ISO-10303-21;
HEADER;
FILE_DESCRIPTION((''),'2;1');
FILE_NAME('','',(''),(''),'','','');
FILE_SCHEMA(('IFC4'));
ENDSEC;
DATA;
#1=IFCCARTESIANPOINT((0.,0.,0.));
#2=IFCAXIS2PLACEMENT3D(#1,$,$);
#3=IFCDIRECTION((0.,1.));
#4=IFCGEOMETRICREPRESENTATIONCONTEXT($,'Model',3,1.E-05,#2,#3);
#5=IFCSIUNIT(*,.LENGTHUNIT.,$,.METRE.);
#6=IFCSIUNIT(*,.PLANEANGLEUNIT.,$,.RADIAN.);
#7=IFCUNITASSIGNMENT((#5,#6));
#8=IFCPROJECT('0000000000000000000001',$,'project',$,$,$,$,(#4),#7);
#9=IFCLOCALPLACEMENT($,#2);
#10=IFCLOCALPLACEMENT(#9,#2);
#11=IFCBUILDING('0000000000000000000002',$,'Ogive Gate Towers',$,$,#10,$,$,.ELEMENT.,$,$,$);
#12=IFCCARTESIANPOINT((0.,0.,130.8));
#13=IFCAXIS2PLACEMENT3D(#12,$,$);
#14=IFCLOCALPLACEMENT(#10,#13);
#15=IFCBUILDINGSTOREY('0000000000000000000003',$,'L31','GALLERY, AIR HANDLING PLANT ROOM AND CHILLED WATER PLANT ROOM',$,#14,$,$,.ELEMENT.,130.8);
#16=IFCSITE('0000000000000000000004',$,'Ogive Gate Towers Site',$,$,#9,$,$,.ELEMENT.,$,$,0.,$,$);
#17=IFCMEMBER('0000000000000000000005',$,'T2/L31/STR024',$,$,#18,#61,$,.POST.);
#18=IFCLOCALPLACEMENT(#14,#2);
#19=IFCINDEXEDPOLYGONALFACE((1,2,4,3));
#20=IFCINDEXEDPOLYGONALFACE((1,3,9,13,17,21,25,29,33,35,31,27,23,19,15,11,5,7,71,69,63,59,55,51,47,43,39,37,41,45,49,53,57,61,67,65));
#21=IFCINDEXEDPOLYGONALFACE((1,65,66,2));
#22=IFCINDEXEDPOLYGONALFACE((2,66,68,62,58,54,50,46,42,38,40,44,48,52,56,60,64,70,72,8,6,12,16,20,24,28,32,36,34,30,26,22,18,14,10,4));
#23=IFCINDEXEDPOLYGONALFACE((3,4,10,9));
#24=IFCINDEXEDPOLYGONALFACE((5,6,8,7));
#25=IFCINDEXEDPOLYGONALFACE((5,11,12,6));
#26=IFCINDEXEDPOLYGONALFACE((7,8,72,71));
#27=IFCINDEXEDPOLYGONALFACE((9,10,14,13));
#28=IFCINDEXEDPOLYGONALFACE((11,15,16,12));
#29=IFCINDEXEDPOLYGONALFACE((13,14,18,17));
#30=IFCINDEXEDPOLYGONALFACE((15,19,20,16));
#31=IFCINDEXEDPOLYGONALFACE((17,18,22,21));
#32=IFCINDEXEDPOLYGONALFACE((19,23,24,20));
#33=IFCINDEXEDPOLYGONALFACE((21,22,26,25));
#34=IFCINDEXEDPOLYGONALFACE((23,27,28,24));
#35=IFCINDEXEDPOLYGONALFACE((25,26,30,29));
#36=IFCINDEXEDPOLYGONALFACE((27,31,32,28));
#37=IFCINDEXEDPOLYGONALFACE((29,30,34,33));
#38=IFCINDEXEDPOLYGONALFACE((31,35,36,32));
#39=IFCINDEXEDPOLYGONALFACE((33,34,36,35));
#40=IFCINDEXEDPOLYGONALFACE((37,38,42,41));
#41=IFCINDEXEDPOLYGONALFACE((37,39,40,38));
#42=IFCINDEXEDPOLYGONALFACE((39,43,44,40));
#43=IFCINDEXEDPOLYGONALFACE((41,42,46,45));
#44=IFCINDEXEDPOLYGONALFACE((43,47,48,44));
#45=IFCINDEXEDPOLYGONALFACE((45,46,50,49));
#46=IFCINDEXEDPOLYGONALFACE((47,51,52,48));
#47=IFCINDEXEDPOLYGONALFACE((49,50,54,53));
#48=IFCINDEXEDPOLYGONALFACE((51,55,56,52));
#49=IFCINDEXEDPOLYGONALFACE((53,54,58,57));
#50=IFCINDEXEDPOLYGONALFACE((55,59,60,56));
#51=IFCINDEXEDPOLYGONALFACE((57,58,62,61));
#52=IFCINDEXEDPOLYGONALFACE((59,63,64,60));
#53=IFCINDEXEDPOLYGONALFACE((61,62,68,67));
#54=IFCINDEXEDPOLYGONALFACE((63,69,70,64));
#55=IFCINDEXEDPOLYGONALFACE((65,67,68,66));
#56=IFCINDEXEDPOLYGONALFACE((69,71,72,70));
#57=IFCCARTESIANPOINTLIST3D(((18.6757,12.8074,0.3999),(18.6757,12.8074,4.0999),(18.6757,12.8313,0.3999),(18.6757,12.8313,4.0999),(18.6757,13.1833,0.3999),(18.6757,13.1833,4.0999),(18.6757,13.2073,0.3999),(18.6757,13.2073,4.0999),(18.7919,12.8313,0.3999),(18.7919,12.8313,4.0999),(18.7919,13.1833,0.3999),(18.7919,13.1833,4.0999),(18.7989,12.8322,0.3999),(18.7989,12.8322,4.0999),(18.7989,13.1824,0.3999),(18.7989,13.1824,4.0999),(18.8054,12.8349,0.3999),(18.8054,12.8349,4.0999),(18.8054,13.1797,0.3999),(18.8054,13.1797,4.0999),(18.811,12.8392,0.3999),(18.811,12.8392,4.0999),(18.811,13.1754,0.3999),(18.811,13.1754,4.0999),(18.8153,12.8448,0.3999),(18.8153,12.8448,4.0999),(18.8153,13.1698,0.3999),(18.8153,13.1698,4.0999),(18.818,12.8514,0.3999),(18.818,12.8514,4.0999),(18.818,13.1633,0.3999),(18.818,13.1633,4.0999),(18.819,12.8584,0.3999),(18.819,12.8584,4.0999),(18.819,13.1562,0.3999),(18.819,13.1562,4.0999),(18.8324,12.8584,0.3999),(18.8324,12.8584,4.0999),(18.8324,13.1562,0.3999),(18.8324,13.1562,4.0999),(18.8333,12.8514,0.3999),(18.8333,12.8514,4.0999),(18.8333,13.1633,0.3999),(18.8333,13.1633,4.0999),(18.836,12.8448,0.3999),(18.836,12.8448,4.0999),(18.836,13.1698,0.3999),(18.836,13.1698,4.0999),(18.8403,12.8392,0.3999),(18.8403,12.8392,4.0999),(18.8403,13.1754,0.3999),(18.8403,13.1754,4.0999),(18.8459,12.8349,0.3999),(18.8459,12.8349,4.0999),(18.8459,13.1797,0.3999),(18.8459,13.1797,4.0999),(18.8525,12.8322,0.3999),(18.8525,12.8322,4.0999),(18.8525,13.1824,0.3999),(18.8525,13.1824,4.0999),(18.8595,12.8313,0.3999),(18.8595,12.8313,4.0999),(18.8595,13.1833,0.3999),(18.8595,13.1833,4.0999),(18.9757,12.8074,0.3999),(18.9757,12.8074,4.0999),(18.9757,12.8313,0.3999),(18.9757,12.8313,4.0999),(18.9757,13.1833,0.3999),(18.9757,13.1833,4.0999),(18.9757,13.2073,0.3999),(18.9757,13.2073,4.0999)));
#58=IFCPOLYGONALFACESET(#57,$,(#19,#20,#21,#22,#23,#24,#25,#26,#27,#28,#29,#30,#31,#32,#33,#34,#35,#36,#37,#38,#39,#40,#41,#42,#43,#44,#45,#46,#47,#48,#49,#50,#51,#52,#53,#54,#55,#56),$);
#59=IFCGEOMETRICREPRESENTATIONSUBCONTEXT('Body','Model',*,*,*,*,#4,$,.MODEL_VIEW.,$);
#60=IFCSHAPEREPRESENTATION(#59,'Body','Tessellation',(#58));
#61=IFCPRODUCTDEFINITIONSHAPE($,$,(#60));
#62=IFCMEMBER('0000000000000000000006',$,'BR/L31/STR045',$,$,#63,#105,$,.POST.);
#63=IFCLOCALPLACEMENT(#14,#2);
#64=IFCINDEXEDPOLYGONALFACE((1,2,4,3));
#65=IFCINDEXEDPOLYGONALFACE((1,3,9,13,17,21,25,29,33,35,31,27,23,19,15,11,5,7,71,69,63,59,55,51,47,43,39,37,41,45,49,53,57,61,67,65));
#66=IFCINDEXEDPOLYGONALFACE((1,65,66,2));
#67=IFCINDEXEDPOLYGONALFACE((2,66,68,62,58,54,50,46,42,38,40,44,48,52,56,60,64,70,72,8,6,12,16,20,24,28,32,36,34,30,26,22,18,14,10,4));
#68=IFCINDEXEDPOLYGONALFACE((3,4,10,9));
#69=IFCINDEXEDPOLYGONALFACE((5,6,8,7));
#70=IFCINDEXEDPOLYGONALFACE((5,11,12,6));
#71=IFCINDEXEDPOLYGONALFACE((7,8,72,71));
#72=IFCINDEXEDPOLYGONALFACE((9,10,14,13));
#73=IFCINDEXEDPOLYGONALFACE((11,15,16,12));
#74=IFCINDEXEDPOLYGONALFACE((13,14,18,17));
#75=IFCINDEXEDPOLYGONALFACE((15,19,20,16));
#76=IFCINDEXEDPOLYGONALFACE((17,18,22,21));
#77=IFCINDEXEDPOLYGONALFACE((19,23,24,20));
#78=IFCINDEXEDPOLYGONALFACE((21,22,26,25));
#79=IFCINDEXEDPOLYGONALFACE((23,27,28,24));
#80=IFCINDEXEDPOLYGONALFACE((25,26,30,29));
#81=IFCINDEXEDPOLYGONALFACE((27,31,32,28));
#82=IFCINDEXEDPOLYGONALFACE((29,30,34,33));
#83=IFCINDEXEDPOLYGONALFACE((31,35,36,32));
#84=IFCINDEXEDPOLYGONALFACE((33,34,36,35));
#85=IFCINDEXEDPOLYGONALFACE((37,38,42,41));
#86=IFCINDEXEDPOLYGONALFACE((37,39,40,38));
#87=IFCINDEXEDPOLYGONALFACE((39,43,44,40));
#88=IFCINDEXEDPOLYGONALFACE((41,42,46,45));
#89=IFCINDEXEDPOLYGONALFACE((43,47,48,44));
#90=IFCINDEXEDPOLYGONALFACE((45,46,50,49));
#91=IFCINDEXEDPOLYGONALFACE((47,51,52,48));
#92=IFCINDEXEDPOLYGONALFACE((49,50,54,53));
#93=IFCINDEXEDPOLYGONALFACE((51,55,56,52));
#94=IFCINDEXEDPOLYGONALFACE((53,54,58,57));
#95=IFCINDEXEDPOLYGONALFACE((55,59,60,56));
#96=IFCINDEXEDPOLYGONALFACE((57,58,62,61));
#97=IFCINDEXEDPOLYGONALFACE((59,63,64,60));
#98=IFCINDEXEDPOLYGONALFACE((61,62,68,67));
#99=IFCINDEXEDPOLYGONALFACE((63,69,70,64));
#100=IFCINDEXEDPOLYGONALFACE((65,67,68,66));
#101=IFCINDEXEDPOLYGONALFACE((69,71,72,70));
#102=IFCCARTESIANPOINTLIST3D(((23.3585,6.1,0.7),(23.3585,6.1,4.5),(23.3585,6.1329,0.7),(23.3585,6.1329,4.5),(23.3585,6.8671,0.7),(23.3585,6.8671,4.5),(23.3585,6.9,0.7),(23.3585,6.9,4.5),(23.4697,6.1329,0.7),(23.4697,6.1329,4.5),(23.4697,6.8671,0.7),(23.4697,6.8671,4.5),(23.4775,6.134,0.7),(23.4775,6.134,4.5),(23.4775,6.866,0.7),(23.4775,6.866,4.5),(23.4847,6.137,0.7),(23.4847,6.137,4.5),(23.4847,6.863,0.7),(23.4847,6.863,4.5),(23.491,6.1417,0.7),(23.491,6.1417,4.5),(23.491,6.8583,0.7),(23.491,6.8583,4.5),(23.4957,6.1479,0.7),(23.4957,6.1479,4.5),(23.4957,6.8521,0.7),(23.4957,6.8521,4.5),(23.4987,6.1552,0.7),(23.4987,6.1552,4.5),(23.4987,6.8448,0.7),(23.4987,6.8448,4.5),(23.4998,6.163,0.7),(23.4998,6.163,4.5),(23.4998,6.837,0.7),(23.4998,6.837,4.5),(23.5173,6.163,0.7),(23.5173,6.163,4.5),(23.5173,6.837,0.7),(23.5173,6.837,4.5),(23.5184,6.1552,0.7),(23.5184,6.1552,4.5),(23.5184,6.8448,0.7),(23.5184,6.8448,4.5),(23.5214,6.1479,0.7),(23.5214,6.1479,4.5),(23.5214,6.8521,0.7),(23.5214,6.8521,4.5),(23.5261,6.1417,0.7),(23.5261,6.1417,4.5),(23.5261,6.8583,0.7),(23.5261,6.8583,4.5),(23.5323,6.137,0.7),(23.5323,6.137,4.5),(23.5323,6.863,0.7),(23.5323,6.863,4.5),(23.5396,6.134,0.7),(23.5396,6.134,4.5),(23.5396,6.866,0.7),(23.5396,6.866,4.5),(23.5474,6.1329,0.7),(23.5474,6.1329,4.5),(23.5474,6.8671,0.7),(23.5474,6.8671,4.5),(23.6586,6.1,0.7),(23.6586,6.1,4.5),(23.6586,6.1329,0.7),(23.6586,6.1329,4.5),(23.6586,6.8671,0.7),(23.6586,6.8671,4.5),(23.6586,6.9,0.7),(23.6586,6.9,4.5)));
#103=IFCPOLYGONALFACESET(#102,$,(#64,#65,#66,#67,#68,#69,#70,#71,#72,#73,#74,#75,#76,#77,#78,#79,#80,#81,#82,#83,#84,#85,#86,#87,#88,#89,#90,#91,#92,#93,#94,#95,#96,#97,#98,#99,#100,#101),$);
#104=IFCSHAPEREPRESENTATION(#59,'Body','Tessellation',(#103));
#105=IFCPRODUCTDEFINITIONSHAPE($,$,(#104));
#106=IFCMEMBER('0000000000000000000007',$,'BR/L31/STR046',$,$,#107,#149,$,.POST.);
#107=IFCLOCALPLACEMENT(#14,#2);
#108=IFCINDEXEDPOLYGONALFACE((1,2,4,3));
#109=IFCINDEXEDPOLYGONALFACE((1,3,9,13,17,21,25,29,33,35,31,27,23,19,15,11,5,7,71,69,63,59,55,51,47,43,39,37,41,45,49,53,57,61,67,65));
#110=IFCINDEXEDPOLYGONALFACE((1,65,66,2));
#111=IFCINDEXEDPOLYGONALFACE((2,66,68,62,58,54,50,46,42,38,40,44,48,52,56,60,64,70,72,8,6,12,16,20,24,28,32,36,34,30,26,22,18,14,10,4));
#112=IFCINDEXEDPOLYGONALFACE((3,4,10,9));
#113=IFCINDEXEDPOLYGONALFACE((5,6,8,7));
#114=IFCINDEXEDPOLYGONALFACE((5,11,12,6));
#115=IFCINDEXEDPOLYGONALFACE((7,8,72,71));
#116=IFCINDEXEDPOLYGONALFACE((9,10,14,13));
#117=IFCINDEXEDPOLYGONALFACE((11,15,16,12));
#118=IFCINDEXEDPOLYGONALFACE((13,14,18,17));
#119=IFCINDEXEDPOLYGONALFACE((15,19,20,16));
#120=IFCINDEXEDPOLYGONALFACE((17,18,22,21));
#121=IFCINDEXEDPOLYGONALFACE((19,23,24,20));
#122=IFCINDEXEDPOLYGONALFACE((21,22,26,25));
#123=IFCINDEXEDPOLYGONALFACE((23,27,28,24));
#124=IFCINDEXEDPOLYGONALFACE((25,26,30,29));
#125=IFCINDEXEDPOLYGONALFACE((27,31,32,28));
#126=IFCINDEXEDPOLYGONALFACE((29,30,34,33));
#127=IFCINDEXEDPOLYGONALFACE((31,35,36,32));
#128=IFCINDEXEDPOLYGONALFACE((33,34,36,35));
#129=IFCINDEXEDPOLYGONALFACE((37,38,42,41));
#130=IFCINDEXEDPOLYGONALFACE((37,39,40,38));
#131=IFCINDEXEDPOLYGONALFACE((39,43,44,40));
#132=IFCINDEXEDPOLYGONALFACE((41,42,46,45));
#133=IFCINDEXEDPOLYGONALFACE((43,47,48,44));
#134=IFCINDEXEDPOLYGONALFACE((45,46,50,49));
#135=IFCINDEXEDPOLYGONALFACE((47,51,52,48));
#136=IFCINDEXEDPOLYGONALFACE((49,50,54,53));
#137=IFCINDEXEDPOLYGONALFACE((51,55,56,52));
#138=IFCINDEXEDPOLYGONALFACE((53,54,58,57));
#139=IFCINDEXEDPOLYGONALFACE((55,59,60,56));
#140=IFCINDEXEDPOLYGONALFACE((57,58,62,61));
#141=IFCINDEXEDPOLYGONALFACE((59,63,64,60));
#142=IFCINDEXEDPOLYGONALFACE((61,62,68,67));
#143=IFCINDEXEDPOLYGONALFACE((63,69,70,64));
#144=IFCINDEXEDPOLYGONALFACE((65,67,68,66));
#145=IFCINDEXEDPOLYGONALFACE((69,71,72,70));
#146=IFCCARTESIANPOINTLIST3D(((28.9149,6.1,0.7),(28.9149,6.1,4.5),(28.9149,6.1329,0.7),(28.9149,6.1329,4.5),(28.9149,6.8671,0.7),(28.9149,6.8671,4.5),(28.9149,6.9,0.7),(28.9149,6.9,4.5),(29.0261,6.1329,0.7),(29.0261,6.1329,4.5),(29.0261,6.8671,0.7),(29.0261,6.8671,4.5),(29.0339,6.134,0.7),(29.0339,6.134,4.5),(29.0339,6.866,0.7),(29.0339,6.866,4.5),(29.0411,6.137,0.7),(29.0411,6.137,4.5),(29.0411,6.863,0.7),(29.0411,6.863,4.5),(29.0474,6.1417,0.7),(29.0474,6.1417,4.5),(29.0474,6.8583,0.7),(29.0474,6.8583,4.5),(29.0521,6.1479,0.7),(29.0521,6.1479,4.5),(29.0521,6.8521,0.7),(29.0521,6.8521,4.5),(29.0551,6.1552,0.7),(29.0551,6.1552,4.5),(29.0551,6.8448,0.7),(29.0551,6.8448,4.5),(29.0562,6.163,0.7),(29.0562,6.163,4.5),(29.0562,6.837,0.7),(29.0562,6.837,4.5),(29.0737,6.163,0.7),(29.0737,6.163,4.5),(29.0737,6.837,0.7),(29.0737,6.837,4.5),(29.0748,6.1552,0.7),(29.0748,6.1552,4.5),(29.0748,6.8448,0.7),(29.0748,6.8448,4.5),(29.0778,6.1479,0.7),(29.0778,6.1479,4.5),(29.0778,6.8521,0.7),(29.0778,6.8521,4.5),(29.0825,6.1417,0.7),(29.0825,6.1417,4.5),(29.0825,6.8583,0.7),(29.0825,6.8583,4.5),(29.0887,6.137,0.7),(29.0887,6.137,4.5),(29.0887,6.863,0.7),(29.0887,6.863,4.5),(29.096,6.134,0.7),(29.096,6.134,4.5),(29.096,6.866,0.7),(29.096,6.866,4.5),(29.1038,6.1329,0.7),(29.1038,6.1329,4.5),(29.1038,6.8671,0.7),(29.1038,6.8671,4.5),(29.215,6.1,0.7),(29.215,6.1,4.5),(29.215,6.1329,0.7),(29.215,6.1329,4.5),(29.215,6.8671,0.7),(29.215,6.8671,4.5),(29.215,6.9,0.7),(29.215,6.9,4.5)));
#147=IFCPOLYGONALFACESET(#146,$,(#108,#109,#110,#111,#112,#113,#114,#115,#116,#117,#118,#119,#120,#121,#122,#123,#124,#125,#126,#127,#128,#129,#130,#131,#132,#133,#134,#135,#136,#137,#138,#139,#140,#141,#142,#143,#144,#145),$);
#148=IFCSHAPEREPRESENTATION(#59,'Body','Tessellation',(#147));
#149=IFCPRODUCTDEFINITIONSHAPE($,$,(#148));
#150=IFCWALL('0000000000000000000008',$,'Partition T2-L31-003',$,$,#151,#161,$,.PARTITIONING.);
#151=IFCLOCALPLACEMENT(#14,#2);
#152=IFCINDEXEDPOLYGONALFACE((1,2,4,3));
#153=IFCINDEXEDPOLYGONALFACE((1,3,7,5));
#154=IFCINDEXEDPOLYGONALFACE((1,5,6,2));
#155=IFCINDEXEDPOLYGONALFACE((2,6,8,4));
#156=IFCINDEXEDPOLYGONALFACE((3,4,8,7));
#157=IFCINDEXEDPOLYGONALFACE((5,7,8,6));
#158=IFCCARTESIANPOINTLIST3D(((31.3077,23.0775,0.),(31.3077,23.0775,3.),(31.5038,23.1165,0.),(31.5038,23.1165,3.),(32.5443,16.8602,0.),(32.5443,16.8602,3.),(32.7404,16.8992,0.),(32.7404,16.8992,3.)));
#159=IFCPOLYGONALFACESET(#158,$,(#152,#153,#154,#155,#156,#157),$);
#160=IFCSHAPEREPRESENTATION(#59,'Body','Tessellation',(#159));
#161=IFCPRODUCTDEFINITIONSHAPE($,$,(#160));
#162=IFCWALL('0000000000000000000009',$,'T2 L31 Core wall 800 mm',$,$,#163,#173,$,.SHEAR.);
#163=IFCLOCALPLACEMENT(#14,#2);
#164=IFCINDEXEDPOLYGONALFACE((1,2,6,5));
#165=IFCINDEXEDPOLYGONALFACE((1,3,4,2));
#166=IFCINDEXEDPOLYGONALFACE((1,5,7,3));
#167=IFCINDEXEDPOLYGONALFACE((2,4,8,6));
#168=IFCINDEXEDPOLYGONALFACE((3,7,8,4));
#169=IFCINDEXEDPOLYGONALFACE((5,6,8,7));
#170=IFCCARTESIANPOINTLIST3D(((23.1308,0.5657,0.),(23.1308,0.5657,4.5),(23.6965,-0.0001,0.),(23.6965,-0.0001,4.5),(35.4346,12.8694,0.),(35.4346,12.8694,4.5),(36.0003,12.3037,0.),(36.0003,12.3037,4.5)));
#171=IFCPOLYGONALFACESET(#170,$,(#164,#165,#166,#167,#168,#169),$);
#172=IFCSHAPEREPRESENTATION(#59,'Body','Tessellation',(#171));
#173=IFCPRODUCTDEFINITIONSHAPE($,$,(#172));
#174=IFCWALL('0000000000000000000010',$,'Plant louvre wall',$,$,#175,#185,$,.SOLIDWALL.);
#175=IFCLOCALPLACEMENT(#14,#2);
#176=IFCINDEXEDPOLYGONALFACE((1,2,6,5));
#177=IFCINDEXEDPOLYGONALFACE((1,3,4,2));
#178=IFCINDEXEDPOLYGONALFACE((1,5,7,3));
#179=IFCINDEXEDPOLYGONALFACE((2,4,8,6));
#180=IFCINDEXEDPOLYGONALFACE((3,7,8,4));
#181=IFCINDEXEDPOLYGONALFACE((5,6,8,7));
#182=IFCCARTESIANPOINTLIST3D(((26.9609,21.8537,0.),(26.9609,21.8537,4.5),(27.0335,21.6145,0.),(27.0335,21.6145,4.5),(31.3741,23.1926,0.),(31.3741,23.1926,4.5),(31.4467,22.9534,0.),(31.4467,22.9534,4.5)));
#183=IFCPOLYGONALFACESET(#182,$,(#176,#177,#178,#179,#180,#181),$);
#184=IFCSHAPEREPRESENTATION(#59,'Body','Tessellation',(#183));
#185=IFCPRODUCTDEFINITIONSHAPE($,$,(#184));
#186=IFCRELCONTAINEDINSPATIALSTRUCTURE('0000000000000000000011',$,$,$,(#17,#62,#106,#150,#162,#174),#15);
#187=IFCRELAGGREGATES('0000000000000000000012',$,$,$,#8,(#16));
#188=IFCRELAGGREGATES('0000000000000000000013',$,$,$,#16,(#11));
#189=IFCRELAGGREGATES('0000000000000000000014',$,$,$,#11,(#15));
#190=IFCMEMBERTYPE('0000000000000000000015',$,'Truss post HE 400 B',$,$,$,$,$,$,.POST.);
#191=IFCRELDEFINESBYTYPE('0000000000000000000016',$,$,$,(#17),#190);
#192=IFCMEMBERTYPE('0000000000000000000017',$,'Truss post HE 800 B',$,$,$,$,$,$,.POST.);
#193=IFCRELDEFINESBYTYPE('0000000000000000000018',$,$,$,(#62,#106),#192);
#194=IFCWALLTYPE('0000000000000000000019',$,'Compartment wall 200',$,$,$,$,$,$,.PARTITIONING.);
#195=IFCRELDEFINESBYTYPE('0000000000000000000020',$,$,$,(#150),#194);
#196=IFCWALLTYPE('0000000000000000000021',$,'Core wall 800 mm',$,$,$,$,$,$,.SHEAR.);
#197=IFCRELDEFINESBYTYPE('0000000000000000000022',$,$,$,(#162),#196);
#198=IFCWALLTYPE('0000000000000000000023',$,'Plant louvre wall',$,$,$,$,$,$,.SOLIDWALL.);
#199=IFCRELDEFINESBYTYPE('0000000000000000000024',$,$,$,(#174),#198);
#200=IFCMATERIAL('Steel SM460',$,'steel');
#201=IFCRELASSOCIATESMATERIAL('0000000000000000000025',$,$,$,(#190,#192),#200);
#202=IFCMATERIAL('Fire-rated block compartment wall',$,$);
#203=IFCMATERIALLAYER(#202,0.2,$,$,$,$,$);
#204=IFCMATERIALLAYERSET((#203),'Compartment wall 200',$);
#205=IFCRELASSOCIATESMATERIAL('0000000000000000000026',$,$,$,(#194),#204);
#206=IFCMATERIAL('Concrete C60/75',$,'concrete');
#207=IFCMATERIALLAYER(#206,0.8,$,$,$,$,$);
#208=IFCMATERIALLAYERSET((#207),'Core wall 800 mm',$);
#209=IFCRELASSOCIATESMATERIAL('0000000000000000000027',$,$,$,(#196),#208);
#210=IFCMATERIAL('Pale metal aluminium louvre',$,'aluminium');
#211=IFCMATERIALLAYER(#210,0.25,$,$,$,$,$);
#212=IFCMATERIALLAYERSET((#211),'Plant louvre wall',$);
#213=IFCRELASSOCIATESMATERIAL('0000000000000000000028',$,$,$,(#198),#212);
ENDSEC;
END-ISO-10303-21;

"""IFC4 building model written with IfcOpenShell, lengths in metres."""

from ifc_helpers import new_model, si_unit, direction, frame, frame_2d, origin, origin_2d, place, context, subcontext, project, spatial, rectangle, i_section, extrude, material, layer, layer_set, material_profile, profile_set, type_object, element, save


model = new_model("IFC4")

# Units and contexts
model_context = context("Model", 3, precision=1e-05, world=origin(), true_north=direction((0.0, 1.0)))
body_context = subcontext(model_context, "Body", "Model", "MODEL_VIEW")
ifc_project = project(units=[si_unit("LENGTHUNIT", "METRE"), si_unit("PLANEANGLEUNIT", "RADIAN")], contexts=[model_context])

# Site, building, storey
site_placement = place(None, origin())
site = spatial("IfcSite", under=ifc_project, at=site_placement, Name="Ogive Gate Towers Site", CompositionType="ELEMENT", RefElevation=0.0)
building_placement = place(site_placement, origin())
building = spatial("IfcBuilding", under=site, at=building_placement, Name="Ogive Gate Towers", CompositionType="ELEMENT")
storey_placement = place(building_placement, frame((0.0, 0.0, 130.8)))
storey = spatial("IfcBuildingStorey", under=building, at=storey_placement, Name="L31", Description="GALLERY, AIR HANDLING PLANT ROOM AND CHILLED WATER PLANT ROOM", CompositionType="ELEMENT", Elevation=130.8)

# Shared definitions
ifc_material_1 = material(Name="Steel SM460", Category="steel")

# Members
ifc_material_profile_1 = material_profile(ifc_material_1, i_section(OverallWidth=0.3, OverallDepth=0.3999, WebThickness=0.0134, FlangeThickness=0.0239, FilletRadius=0.0271, at=origin_2d()), Name="HE 400 B")
ifc_profile_set_1 = profile_set([ifc_material_profile_1], Name="Steel SM460")
member_type_1 = type_object("IfcMemberType", Name="Truss post HE 400 B", PredefinedType="POST", material=ifc_profile_set_1)
for number, where, z_axis, x_axis, name in (
    (1, (18.8257, 13.0073, 0.3999), (0.0, 0.0, 1.0), (1.0, 0.0, 0.0), "T2/L31/STR024"),
):
    element("IfcMember", number, at=place(storey_placement, frame(where, z_axis=z_axis, x_axis=x_axis)), inside=storey, type_object=member_type_1, Name=name, PredefinedType="POST", context=body_context, shape_type="SweptSolid", body=[
        extrude(i_section(OverallWidth=0.3, OverallDepth=0.3999, WebThickness=0.0134, FlangeThickness=0.0239, FilletRadius=0.0271, at=origin_2d()), origin(), (0.0, 0.0, 1.0), 3.7),
    ])
ifc_material_profile_2 = material_profile(ifc_material_1, i_section(OverallWidth=0.3, OverallDepth=0.8, WebThickness=0.0176, FlangeThickness=0.033, FilletRadius=0.03, at=origin_2d()), Name="HE 800 B")
ifc_profile_set_2 = profile_set([ifc_material_profile_2], Name="Steel SM460")
member_type_2 = type_object("IfcMemberType", Name="Truss post HE 800 B", PredefinedType="POST", material=ifc_profile_set_2)
for number, where, z_axis, x_axis, name in (
    (2, (23.5085, 6.5, 0.7), (0.0, 0.0, 1.0), (1.0, 0.0, 0.0), "BR/L31/STR045"),
    (3, (29.0649, 6.5, 0.7), (0.0, 0.0, 1.0), (1.0, 0.0, 0.0), "BR/L31/STR046"),
):
    element("IfcMember", number, at=place(storey_placement, frame(where, z_axis=z_axis, x_axis=x_axis)), inside=storey, type_object=member_type_2, Name=name, PredefinedType="POST", context=body_context, shape_type="SweptSolid", body=[
        extrude(i_section(OverallWidth=0.3, OverallDepth=0.8, WebThickness=0.0176, FlangeThickness=0.033, FilletRadius=0.03, at=origin_2d()), origin(), (0.0, 0.0, 1.0), 3.8),
    ])

# Walls
ifc_material_2 = material(Name="Fire-rated block compartment wall")
ifc_layer_1 = layer(ifc_material_2, 0.2)
ifc_layer_set_1 = layer_set([ifc_layer_1], Name="Compartment wall 200")
wall_type_1 = type_object("IfcWallType", Name="Compartment wall 200", PredefinedType="PARTITIONING", material=ifc_layer_set_1)
wall_1_placement = place(storey_placement, frame((31.4058, 23.0969, 0.0), z_axis=(0.0, 0.0, 1.0), x_axis=(0.195072, -0.980789, 0.0)))
element("IfcWall", 4, at=wall_1_placement, inside=storey, type_object=wall_type_1, Name="Partition T2-L31-003", PredefinedType="PARTITIONING", context=body_context, shape_type="SweptSolid", body=[
    extrude(rectangle(XDim=6.3391, YDim=0.2, at=frame_2d((3.1694, 0.0))), origin(), (0.0, 0.0, 1.0), 3.0),
])
ifc_material_3 = material(Name="Concrete C60/75", Category="concrete")
ifc_layer_2 = layer(ifc_material_3, 0.8)
ifc_layer_set_2 = layer_set([ifc_layer_2], Name="Core wall 800 mm")
wall_type_2 = type_object("IfcWallType", Name="Core wall 800 mm", PredefinedType="SHEAR", material=ifc_layer_set_2)
wall_2_placement = place(storey_placement, frame((23.4136, 0.2827, 0.0), z_axis=(0.0, 0.0, 1.0), x_axis=(0.707107, 0.707107, 0.0)))
element("IfcWall", 5, at=wall_2_placement, inside=storey, type_object=wall_type_2, Name="T2 L31 Core wall 800 mm", PredefinedType="SHEAR", context=body_context, shape_type="SweptSolid", body=[
    extrude(rectangle(XDim=17.4001, YDim=0.8, at=frame_2d((8.7002, 0.0))), origin(), (0.0, 0.0, 1.0), 4.5),
])
ifc_material_4 = material(Name="Pale metal aluminium louvre", Category="aluminium")
ifc_layer_3 = layer(ifc_material_4, 0.25)
ifc_layer_set_3 = layer_set([ifc_layer_3], Name="Plant louvre wall")
wall_type_3 = type_object("IfcWallType", Name="Plant louvre wall", PredefinedType="SOLIDWALL", material=ifc_layer_set_3)
wall_3_placement = place(storey_placement, frame((31.4104, 23.073, 0.0), z_axis=(0.0, 0.0, 1.0), x_axis=(-0.95693, -0.290319, 0.0)))
element("IfcWall", 6, at=wall_3_placement, inside=storey, type_object=wall_type_3, Name="Plant louvre wall", PredefinedType="SOLIDWALL", context=body_context, shape_type="SweptSolid", body=[
    extrude(rectangle(XDim=4.6118, YDim=0.25, at=frame_2d((2.3059, 0.0))), origin(), (0.0, 0.0, 1.0), 4.5),
])

save(model, "model.ifc")
